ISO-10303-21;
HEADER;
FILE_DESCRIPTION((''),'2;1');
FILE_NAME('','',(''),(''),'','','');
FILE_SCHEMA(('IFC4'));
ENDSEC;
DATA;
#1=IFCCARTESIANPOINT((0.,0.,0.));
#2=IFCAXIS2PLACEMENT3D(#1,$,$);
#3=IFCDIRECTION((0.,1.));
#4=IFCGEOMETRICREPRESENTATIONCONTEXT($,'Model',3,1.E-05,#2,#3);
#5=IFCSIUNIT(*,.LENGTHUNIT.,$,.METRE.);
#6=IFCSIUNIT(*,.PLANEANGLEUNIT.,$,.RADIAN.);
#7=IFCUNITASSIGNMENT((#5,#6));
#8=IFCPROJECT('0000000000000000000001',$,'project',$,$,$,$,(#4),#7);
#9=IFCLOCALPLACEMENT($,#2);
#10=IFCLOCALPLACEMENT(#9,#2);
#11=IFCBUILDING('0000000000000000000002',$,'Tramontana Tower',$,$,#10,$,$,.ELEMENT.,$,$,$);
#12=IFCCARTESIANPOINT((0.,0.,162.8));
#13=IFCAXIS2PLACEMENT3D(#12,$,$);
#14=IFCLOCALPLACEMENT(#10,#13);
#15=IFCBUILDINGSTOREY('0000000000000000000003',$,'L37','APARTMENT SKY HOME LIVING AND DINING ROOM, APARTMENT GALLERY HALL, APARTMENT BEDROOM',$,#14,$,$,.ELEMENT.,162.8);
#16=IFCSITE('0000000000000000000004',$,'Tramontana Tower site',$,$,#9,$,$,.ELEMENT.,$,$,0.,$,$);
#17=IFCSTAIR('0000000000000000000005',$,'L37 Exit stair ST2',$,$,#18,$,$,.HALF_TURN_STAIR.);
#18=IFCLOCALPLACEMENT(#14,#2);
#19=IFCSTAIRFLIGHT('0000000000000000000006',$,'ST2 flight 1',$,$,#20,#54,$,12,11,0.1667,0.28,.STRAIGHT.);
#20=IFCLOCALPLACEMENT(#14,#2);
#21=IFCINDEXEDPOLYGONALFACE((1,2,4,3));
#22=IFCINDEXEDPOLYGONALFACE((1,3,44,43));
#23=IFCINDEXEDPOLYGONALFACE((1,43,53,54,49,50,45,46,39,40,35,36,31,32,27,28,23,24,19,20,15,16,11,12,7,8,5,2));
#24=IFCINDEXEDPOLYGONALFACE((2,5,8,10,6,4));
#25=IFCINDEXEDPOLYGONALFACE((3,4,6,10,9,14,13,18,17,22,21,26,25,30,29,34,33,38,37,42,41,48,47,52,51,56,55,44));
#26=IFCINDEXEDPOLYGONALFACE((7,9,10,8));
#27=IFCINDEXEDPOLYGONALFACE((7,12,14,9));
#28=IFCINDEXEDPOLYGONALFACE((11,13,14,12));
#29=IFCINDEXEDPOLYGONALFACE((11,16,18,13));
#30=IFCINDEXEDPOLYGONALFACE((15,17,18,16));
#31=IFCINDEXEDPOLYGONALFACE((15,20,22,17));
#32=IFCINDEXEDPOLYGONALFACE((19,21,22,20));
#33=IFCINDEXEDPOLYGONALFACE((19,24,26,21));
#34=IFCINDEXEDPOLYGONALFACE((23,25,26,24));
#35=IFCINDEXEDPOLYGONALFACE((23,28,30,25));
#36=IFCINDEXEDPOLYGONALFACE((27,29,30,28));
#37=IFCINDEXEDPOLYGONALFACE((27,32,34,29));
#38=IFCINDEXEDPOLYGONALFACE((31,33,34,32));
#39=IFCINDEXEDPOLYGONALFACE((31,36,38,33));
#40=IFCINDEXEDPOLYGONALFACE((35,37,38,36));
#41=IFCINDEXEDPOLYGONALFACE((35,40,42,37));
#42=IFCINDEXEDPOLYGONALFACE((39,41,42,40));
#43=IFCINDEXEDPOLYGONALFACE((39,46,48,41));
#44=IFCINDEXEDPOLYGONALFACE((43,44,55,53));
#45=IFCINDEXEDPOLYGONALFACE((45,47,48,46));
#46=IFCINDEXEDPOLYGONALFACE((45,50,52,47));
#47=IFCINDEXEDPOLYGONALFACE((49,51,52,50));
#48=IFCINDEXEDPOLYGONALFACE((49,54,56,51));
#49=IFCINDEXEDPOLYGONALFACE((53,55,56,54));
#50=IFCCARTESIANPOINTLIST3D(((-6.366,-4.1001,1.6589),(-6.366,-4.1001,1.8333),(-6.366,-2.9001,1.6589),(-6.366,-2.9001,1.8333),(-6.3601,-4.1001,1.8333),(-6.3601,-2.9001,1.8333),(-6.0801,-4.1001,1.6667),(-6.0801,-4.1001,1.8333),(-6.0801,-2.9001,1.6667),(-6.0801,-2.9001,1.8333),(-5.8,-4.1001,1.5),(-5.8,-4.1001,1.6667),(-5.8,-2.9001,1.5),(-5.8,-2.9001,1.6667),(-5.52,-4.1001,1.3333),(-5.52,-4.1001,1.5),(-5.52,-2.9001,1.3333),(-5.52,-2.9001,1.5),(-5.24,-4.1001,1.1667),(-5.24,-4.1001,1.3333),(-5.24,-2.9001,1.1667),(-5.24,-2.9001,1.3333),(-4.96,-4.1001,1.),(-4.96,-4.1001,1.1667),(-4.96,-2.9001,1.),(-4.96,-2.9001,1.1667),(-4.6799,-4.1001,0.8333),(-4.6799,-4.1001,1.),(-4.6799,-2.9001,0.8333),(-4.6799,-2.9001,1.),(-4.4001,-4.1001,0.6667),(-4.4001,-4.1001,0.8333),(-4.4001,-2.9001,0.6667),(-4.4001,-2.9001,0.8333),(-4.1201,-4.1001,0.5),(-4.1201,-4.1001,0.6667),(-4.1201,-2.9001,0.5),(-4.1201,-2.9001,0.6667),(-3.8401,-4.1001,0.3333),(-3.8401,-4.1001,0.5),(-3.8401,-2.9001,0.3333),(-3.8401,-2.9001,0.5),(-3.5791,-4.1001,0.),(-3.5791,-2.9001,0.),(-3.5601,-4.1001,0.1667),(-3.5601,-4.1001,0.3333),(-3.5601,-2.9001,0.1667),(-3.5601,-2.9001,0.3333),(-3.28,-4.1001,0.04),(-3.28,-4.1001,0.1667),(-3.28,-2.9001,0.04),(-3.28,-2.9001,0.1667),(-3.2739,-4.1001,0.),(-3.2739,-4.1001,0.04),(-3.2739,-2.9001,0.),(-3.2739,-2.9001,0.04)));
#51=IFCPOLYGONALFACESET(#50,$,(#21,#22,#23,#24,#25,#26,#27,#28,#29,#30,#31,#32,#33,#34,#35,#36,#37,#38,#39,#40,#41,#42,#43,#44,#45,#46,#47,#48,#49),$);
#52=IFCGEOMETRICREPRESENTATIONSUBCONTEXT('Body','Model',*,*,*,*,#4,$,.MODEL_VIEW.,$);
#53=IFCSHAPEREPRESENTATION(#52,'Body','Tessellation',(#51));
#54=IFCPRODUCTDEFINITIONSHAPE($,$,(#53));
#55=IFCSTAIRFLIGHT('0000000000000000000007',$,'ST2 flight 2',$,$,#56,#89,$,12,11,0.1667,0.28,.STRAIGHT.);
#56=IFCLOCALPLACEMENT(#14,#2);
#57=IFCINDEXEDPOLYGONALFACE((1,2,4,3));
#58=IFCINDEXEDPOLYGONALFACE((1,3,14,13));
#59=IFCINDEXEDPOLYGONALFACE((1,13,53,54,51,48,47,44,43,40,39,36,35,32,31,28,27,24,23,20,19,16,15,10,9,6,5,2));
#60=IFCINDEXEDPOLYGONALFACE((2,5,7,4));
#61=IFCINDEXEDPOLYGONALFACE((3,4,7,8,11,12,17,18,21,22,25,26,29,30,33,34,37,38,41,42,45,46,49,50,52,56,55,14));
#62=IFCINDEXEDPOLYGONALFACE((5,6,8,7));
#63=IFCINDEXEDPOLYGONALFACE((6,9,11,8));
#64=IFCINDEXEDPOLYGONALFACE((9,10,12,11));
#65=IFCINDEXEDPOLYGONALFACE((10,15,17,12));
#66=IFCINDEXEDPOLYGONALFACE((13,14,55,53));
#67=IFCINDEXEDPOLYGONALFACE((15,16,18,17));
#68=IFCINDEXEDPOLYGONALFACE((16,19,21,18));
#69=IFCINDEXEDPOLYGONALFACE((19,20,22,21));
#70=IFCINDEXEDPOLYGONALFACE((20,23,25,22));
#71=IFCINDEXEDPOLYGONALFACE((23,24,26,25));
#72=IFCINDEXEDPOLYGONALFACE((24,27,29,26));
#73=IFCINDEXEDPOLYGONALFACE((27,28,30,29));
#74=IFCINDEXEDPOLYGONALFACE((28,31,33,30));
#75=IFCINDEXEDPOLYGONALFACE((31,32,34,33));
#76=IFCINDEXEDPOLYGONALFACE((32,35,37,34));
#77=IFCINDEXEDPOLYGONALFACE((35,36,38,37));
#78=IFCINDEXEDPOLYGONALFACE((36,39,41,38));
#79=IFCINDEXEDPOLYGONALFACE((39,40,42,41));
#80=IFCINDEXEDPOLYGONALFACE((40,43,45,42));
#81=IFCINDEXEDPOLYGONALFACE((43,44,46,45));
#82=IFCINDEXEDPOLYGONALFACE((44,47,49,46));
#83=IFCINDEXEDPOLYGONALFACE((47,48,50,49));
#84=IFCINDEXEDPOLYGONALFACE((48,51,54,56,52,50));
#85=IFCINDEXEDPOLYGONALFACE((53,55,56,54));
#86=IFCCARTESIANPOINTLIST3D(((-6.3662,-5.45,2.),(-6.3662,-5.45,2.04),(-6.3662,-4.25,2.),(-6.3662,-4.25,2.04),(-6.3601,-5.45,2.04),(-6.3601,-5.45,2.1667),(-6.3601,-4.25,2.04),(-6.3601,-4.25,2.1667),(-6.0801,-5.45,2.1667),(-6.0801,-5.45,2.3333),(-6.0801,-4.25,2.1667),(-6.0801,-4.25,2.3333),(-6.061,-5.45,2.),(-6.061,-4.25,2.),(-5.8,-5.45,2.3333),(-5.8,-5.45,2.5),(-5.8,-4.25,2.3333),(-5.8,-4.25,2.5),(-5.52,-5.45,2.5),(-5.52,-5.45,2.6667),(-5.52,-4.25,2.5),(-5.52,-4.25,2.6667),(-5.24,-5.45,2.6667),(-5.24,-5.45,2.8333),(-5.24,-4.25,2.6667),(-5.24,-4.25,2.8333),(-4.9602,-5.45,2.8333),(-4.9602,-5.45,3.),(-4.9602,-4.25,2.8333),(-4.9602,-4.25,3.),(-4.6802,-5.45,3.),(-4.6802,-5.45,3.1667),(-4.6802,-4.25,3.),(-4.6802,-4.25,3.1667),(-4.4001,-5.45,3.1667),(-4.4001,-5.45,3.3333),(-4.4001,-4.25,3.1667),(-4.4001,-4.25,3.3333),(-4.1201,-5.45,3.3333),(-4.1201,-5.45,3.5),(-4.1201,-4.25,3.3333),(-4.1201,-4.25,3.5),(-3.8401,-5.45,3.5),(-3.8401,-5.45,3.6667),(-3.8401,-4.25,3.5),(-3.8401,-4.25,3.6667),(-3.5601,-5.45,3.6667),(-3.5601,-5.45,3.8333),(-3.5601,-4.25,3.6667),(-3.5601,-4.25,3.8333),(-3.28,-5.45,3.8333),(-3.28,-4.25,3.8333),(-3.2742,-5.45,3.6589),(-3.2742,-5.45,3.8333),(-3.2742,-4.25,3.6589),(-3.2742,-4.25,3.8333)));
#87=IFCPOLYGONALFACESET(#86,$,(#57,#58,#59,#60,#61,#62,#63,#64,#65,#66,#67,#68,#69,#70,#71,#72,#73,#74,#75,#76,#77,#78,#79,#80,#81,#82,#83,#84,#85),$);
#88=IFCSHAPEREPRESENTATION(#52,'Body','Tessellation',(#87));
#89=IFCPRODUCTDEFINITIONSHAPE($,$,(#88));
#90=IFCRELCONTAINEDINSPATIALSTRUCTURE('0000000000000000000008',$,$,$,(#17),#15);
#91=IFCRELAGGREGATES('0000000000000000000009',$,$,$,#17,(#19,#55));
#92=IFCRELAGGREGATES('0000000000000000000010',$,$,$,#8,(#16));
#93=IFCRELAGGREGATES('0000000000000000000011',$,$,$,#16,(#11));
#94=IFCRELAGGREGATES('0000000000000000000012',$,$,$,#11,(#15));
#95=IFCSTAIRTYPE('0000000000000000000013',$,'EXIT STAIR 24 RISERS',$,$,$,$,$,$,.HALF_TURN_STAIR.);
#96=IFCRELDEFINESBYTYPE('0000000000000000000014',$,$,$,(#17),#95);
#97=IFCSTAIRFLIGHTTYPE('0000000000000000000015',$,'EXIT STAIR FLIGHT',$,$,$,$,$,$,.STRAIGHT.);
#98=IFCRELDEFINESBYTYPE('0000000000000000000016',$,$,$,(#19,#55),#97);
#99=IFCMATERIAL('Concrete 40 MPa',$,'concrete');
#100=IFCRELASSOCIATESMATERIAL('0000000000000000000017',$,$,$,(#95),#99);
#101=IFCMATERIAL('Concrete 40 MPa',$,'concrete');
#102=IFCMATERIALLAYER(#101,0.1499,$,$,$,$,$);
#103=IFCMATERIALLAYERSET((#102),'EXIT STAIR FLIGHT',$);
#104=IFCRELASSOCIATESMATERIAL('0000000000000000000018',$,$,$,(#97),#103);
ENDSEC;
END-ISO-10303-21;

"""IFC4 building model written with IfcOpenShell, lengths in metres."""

from ifc_helpers import new_model, si_unit, direction, frame, origin, place, context, subcontext, project, spatial, polyline, outline, extrude, material, layer, layer_set, type_object, element, aggregate, save


model = new_model("IFC4")

# Units and contexts
model_context = context("Model", 3, precision=1e-05, world=origin(), true_north=direction((0.0, 1.0)))
body_context = subcontext(model_context, "Body", "Model", "MODEL_VIEW")
ifc_project = project(units=[si_unit("LENGTHUNIT", "METRE"), si_unit("PLANEANGLEUNIT", "RADIAN")], contexts=[model_context])

# Site, building, storey
site_placement = place(None, origin())
site = spatial("IfcSite", under=ifc_project, at=site_placement, Name="Tramontana Tower site", CompositionType="ELEMENT", RefElevation=0.0)
building_placement = place(site_placement, origin())
building = spatial("IfcBuilding", under=site, at=building_placement, Name="Tramontana Tower", CompositionType="ELEMENT")
storey_placement = place(building_placement, frame((0.0, 0.0, 162.8)))
storey = spatial("IfcBuildingStorey", under=building, at=storey_placement, Name="L37", Description="APARTMENT SKY HOME LIVING AND DINING ROOM, APARTMENT GALLERY HALL, APARTMENT BEDROOM", CompositionType="ELEMENT", Elevation=162.8)

# Stair, stair flights
ifc_material_1 = material(Name="Concrete 40 MPa", Category="concrete")
stair_type = type_object("IfcStairType", Name="EXIT STAIR 24 RISERS", PredefinedType="HALF_TURN_STAIR", material=ifc_material_1)
stair_placement = place(storey_placement, origin())
stair = element("IfcStair", 1, at=stair_placement, inside=storey, type_object=stair_type, Name="L37 Exit stair ST2", PredefinedType="HALF_TURN_STAIR")
ifc_material_2 = material(Name="Concrete 40 MPa", Category="concrete")
ifc_layer_1 = layer(ifc_material_2, 0.1499)
ifc_layer_set_1 = layer_set([ifc_layer_1], Name="EXIT STAIR FLIGHT")
stair_flight_type = type_object("IfcStairFlightType", Name="EXIT STAIR FLIGHT", PredefinedType="STRAIGHT", material=ifc_layer_set_1)
stair_flight_1_placement = place(storey_placement, frame((-3.28, -3.5, 0.0), z_axis=(0.0, 0.0, 1.0), x_axis=(-1.0, 0.0, 0.0)))
stair_flight_1 = element("IfcStairFlight", 2, at=stair_flight_1_placement, type_object=stair_flight_type, Name="ST2 flight 1", NumberOfRisers=12, NumberOfTreads=11, PredefinedType="STRAIGHT", RiserHeight=0.1667, TreadLength=0.28, context=body_context, shape_type="SweptSolid", body=[
    extrude(outline(polyline([(-0.0061, 0.0), (-0.0061, 0.04), (0.0, 0.04), (0.0, 0.1667), (0.28, 0.1667), (0.28, 0.3333), (0.5601, 0.3333), (0.5601, 0.5), (0.8401, 0.5), (0.8401, 0.6667), (1.1201, 0.6667), (1.1201, 0.8333), (1.3999, 0.8333), (1.3999, 1.0), (1.6799, 1.0), (1.6799, 1.1667), (1.96, 1.1667), (1.96, 1.3333), (2.24, 1.3333), (2.24, 1.5), (2.52, 1.5), (2.52, 1.6667), (2.8, 1.6667), (2.8, 1.8333), (3.0801, 1.8333), (3.0859, 1.8333), (3.0859, 1.6589), (0.2991, 0.0), (-0.0061, 0.0)])), frame((0.0, 0.6001, 0.0), z_axis=(0.0, -1.0, 0.0), x_axis=(1.0, 0.0, 0.0)), (0.0, 0.0, 1.0), 1.2),
])
stair_flight_2_placement = place(storey_placement, frame((-6.3601, -4.8501, 2.0), z_axis=(0.0, 0.0, 1.0), x_axis=(1.0, 0.0, 0.0)))
stair_flight_2 = element("IfcStairFlight", 3, at=stair_flight_2_placement, type_object=stair_flight_type, Name="ST2 flight 2", NumberOfRisers=12, NumberOfTreads=11, PredefinedType="STRAIGHT", RiserHeight=0.1667, TreadLength=0.28, context=body_context, shape_type="SweptSolid", body=[
    extrude(outline(polyline([(-0.0061, 0.0), (-0.0061, 0.04), (0.0, 0.04), (0.0, 0.1667), (0.28, 0.1667), (0.28, 0.3333), (0.5601, 0.3333), (0.5601, 0.5), (0.8401, 0.5), (0.8401, 0.6667), (1.1201, 0.6667), (1.1201, 0.8333), (1.3999, 0.8333), (1.3999, 1.0), (1.6799, 1.0), (1.6799, 1.1667), (1.96, 1.1667), (1.96, 1.3333), (2.24, 1.3333), (2.24, 1.5), (2.52, 1.5), (2.52, 1.6667), (2.8, 1.6667), (2.8, 1.8333), (3.0801, 1.8333), (3.0859, 1.8333), (3.0859, 1.6589), (0.2991, 0.0), (-0.0061, 0.0)])), frame((0.0, 0.6001, 0.0), z_axis=(0.0, -1.0, 0.0), x_axis=(1.0, 0.0, 0.0)), (0.0, 0.0, 1.0), 1.2),
])
aggregate(stair, [stair_flight_1, stair_flight_2])

save(model, "model.ifc")
